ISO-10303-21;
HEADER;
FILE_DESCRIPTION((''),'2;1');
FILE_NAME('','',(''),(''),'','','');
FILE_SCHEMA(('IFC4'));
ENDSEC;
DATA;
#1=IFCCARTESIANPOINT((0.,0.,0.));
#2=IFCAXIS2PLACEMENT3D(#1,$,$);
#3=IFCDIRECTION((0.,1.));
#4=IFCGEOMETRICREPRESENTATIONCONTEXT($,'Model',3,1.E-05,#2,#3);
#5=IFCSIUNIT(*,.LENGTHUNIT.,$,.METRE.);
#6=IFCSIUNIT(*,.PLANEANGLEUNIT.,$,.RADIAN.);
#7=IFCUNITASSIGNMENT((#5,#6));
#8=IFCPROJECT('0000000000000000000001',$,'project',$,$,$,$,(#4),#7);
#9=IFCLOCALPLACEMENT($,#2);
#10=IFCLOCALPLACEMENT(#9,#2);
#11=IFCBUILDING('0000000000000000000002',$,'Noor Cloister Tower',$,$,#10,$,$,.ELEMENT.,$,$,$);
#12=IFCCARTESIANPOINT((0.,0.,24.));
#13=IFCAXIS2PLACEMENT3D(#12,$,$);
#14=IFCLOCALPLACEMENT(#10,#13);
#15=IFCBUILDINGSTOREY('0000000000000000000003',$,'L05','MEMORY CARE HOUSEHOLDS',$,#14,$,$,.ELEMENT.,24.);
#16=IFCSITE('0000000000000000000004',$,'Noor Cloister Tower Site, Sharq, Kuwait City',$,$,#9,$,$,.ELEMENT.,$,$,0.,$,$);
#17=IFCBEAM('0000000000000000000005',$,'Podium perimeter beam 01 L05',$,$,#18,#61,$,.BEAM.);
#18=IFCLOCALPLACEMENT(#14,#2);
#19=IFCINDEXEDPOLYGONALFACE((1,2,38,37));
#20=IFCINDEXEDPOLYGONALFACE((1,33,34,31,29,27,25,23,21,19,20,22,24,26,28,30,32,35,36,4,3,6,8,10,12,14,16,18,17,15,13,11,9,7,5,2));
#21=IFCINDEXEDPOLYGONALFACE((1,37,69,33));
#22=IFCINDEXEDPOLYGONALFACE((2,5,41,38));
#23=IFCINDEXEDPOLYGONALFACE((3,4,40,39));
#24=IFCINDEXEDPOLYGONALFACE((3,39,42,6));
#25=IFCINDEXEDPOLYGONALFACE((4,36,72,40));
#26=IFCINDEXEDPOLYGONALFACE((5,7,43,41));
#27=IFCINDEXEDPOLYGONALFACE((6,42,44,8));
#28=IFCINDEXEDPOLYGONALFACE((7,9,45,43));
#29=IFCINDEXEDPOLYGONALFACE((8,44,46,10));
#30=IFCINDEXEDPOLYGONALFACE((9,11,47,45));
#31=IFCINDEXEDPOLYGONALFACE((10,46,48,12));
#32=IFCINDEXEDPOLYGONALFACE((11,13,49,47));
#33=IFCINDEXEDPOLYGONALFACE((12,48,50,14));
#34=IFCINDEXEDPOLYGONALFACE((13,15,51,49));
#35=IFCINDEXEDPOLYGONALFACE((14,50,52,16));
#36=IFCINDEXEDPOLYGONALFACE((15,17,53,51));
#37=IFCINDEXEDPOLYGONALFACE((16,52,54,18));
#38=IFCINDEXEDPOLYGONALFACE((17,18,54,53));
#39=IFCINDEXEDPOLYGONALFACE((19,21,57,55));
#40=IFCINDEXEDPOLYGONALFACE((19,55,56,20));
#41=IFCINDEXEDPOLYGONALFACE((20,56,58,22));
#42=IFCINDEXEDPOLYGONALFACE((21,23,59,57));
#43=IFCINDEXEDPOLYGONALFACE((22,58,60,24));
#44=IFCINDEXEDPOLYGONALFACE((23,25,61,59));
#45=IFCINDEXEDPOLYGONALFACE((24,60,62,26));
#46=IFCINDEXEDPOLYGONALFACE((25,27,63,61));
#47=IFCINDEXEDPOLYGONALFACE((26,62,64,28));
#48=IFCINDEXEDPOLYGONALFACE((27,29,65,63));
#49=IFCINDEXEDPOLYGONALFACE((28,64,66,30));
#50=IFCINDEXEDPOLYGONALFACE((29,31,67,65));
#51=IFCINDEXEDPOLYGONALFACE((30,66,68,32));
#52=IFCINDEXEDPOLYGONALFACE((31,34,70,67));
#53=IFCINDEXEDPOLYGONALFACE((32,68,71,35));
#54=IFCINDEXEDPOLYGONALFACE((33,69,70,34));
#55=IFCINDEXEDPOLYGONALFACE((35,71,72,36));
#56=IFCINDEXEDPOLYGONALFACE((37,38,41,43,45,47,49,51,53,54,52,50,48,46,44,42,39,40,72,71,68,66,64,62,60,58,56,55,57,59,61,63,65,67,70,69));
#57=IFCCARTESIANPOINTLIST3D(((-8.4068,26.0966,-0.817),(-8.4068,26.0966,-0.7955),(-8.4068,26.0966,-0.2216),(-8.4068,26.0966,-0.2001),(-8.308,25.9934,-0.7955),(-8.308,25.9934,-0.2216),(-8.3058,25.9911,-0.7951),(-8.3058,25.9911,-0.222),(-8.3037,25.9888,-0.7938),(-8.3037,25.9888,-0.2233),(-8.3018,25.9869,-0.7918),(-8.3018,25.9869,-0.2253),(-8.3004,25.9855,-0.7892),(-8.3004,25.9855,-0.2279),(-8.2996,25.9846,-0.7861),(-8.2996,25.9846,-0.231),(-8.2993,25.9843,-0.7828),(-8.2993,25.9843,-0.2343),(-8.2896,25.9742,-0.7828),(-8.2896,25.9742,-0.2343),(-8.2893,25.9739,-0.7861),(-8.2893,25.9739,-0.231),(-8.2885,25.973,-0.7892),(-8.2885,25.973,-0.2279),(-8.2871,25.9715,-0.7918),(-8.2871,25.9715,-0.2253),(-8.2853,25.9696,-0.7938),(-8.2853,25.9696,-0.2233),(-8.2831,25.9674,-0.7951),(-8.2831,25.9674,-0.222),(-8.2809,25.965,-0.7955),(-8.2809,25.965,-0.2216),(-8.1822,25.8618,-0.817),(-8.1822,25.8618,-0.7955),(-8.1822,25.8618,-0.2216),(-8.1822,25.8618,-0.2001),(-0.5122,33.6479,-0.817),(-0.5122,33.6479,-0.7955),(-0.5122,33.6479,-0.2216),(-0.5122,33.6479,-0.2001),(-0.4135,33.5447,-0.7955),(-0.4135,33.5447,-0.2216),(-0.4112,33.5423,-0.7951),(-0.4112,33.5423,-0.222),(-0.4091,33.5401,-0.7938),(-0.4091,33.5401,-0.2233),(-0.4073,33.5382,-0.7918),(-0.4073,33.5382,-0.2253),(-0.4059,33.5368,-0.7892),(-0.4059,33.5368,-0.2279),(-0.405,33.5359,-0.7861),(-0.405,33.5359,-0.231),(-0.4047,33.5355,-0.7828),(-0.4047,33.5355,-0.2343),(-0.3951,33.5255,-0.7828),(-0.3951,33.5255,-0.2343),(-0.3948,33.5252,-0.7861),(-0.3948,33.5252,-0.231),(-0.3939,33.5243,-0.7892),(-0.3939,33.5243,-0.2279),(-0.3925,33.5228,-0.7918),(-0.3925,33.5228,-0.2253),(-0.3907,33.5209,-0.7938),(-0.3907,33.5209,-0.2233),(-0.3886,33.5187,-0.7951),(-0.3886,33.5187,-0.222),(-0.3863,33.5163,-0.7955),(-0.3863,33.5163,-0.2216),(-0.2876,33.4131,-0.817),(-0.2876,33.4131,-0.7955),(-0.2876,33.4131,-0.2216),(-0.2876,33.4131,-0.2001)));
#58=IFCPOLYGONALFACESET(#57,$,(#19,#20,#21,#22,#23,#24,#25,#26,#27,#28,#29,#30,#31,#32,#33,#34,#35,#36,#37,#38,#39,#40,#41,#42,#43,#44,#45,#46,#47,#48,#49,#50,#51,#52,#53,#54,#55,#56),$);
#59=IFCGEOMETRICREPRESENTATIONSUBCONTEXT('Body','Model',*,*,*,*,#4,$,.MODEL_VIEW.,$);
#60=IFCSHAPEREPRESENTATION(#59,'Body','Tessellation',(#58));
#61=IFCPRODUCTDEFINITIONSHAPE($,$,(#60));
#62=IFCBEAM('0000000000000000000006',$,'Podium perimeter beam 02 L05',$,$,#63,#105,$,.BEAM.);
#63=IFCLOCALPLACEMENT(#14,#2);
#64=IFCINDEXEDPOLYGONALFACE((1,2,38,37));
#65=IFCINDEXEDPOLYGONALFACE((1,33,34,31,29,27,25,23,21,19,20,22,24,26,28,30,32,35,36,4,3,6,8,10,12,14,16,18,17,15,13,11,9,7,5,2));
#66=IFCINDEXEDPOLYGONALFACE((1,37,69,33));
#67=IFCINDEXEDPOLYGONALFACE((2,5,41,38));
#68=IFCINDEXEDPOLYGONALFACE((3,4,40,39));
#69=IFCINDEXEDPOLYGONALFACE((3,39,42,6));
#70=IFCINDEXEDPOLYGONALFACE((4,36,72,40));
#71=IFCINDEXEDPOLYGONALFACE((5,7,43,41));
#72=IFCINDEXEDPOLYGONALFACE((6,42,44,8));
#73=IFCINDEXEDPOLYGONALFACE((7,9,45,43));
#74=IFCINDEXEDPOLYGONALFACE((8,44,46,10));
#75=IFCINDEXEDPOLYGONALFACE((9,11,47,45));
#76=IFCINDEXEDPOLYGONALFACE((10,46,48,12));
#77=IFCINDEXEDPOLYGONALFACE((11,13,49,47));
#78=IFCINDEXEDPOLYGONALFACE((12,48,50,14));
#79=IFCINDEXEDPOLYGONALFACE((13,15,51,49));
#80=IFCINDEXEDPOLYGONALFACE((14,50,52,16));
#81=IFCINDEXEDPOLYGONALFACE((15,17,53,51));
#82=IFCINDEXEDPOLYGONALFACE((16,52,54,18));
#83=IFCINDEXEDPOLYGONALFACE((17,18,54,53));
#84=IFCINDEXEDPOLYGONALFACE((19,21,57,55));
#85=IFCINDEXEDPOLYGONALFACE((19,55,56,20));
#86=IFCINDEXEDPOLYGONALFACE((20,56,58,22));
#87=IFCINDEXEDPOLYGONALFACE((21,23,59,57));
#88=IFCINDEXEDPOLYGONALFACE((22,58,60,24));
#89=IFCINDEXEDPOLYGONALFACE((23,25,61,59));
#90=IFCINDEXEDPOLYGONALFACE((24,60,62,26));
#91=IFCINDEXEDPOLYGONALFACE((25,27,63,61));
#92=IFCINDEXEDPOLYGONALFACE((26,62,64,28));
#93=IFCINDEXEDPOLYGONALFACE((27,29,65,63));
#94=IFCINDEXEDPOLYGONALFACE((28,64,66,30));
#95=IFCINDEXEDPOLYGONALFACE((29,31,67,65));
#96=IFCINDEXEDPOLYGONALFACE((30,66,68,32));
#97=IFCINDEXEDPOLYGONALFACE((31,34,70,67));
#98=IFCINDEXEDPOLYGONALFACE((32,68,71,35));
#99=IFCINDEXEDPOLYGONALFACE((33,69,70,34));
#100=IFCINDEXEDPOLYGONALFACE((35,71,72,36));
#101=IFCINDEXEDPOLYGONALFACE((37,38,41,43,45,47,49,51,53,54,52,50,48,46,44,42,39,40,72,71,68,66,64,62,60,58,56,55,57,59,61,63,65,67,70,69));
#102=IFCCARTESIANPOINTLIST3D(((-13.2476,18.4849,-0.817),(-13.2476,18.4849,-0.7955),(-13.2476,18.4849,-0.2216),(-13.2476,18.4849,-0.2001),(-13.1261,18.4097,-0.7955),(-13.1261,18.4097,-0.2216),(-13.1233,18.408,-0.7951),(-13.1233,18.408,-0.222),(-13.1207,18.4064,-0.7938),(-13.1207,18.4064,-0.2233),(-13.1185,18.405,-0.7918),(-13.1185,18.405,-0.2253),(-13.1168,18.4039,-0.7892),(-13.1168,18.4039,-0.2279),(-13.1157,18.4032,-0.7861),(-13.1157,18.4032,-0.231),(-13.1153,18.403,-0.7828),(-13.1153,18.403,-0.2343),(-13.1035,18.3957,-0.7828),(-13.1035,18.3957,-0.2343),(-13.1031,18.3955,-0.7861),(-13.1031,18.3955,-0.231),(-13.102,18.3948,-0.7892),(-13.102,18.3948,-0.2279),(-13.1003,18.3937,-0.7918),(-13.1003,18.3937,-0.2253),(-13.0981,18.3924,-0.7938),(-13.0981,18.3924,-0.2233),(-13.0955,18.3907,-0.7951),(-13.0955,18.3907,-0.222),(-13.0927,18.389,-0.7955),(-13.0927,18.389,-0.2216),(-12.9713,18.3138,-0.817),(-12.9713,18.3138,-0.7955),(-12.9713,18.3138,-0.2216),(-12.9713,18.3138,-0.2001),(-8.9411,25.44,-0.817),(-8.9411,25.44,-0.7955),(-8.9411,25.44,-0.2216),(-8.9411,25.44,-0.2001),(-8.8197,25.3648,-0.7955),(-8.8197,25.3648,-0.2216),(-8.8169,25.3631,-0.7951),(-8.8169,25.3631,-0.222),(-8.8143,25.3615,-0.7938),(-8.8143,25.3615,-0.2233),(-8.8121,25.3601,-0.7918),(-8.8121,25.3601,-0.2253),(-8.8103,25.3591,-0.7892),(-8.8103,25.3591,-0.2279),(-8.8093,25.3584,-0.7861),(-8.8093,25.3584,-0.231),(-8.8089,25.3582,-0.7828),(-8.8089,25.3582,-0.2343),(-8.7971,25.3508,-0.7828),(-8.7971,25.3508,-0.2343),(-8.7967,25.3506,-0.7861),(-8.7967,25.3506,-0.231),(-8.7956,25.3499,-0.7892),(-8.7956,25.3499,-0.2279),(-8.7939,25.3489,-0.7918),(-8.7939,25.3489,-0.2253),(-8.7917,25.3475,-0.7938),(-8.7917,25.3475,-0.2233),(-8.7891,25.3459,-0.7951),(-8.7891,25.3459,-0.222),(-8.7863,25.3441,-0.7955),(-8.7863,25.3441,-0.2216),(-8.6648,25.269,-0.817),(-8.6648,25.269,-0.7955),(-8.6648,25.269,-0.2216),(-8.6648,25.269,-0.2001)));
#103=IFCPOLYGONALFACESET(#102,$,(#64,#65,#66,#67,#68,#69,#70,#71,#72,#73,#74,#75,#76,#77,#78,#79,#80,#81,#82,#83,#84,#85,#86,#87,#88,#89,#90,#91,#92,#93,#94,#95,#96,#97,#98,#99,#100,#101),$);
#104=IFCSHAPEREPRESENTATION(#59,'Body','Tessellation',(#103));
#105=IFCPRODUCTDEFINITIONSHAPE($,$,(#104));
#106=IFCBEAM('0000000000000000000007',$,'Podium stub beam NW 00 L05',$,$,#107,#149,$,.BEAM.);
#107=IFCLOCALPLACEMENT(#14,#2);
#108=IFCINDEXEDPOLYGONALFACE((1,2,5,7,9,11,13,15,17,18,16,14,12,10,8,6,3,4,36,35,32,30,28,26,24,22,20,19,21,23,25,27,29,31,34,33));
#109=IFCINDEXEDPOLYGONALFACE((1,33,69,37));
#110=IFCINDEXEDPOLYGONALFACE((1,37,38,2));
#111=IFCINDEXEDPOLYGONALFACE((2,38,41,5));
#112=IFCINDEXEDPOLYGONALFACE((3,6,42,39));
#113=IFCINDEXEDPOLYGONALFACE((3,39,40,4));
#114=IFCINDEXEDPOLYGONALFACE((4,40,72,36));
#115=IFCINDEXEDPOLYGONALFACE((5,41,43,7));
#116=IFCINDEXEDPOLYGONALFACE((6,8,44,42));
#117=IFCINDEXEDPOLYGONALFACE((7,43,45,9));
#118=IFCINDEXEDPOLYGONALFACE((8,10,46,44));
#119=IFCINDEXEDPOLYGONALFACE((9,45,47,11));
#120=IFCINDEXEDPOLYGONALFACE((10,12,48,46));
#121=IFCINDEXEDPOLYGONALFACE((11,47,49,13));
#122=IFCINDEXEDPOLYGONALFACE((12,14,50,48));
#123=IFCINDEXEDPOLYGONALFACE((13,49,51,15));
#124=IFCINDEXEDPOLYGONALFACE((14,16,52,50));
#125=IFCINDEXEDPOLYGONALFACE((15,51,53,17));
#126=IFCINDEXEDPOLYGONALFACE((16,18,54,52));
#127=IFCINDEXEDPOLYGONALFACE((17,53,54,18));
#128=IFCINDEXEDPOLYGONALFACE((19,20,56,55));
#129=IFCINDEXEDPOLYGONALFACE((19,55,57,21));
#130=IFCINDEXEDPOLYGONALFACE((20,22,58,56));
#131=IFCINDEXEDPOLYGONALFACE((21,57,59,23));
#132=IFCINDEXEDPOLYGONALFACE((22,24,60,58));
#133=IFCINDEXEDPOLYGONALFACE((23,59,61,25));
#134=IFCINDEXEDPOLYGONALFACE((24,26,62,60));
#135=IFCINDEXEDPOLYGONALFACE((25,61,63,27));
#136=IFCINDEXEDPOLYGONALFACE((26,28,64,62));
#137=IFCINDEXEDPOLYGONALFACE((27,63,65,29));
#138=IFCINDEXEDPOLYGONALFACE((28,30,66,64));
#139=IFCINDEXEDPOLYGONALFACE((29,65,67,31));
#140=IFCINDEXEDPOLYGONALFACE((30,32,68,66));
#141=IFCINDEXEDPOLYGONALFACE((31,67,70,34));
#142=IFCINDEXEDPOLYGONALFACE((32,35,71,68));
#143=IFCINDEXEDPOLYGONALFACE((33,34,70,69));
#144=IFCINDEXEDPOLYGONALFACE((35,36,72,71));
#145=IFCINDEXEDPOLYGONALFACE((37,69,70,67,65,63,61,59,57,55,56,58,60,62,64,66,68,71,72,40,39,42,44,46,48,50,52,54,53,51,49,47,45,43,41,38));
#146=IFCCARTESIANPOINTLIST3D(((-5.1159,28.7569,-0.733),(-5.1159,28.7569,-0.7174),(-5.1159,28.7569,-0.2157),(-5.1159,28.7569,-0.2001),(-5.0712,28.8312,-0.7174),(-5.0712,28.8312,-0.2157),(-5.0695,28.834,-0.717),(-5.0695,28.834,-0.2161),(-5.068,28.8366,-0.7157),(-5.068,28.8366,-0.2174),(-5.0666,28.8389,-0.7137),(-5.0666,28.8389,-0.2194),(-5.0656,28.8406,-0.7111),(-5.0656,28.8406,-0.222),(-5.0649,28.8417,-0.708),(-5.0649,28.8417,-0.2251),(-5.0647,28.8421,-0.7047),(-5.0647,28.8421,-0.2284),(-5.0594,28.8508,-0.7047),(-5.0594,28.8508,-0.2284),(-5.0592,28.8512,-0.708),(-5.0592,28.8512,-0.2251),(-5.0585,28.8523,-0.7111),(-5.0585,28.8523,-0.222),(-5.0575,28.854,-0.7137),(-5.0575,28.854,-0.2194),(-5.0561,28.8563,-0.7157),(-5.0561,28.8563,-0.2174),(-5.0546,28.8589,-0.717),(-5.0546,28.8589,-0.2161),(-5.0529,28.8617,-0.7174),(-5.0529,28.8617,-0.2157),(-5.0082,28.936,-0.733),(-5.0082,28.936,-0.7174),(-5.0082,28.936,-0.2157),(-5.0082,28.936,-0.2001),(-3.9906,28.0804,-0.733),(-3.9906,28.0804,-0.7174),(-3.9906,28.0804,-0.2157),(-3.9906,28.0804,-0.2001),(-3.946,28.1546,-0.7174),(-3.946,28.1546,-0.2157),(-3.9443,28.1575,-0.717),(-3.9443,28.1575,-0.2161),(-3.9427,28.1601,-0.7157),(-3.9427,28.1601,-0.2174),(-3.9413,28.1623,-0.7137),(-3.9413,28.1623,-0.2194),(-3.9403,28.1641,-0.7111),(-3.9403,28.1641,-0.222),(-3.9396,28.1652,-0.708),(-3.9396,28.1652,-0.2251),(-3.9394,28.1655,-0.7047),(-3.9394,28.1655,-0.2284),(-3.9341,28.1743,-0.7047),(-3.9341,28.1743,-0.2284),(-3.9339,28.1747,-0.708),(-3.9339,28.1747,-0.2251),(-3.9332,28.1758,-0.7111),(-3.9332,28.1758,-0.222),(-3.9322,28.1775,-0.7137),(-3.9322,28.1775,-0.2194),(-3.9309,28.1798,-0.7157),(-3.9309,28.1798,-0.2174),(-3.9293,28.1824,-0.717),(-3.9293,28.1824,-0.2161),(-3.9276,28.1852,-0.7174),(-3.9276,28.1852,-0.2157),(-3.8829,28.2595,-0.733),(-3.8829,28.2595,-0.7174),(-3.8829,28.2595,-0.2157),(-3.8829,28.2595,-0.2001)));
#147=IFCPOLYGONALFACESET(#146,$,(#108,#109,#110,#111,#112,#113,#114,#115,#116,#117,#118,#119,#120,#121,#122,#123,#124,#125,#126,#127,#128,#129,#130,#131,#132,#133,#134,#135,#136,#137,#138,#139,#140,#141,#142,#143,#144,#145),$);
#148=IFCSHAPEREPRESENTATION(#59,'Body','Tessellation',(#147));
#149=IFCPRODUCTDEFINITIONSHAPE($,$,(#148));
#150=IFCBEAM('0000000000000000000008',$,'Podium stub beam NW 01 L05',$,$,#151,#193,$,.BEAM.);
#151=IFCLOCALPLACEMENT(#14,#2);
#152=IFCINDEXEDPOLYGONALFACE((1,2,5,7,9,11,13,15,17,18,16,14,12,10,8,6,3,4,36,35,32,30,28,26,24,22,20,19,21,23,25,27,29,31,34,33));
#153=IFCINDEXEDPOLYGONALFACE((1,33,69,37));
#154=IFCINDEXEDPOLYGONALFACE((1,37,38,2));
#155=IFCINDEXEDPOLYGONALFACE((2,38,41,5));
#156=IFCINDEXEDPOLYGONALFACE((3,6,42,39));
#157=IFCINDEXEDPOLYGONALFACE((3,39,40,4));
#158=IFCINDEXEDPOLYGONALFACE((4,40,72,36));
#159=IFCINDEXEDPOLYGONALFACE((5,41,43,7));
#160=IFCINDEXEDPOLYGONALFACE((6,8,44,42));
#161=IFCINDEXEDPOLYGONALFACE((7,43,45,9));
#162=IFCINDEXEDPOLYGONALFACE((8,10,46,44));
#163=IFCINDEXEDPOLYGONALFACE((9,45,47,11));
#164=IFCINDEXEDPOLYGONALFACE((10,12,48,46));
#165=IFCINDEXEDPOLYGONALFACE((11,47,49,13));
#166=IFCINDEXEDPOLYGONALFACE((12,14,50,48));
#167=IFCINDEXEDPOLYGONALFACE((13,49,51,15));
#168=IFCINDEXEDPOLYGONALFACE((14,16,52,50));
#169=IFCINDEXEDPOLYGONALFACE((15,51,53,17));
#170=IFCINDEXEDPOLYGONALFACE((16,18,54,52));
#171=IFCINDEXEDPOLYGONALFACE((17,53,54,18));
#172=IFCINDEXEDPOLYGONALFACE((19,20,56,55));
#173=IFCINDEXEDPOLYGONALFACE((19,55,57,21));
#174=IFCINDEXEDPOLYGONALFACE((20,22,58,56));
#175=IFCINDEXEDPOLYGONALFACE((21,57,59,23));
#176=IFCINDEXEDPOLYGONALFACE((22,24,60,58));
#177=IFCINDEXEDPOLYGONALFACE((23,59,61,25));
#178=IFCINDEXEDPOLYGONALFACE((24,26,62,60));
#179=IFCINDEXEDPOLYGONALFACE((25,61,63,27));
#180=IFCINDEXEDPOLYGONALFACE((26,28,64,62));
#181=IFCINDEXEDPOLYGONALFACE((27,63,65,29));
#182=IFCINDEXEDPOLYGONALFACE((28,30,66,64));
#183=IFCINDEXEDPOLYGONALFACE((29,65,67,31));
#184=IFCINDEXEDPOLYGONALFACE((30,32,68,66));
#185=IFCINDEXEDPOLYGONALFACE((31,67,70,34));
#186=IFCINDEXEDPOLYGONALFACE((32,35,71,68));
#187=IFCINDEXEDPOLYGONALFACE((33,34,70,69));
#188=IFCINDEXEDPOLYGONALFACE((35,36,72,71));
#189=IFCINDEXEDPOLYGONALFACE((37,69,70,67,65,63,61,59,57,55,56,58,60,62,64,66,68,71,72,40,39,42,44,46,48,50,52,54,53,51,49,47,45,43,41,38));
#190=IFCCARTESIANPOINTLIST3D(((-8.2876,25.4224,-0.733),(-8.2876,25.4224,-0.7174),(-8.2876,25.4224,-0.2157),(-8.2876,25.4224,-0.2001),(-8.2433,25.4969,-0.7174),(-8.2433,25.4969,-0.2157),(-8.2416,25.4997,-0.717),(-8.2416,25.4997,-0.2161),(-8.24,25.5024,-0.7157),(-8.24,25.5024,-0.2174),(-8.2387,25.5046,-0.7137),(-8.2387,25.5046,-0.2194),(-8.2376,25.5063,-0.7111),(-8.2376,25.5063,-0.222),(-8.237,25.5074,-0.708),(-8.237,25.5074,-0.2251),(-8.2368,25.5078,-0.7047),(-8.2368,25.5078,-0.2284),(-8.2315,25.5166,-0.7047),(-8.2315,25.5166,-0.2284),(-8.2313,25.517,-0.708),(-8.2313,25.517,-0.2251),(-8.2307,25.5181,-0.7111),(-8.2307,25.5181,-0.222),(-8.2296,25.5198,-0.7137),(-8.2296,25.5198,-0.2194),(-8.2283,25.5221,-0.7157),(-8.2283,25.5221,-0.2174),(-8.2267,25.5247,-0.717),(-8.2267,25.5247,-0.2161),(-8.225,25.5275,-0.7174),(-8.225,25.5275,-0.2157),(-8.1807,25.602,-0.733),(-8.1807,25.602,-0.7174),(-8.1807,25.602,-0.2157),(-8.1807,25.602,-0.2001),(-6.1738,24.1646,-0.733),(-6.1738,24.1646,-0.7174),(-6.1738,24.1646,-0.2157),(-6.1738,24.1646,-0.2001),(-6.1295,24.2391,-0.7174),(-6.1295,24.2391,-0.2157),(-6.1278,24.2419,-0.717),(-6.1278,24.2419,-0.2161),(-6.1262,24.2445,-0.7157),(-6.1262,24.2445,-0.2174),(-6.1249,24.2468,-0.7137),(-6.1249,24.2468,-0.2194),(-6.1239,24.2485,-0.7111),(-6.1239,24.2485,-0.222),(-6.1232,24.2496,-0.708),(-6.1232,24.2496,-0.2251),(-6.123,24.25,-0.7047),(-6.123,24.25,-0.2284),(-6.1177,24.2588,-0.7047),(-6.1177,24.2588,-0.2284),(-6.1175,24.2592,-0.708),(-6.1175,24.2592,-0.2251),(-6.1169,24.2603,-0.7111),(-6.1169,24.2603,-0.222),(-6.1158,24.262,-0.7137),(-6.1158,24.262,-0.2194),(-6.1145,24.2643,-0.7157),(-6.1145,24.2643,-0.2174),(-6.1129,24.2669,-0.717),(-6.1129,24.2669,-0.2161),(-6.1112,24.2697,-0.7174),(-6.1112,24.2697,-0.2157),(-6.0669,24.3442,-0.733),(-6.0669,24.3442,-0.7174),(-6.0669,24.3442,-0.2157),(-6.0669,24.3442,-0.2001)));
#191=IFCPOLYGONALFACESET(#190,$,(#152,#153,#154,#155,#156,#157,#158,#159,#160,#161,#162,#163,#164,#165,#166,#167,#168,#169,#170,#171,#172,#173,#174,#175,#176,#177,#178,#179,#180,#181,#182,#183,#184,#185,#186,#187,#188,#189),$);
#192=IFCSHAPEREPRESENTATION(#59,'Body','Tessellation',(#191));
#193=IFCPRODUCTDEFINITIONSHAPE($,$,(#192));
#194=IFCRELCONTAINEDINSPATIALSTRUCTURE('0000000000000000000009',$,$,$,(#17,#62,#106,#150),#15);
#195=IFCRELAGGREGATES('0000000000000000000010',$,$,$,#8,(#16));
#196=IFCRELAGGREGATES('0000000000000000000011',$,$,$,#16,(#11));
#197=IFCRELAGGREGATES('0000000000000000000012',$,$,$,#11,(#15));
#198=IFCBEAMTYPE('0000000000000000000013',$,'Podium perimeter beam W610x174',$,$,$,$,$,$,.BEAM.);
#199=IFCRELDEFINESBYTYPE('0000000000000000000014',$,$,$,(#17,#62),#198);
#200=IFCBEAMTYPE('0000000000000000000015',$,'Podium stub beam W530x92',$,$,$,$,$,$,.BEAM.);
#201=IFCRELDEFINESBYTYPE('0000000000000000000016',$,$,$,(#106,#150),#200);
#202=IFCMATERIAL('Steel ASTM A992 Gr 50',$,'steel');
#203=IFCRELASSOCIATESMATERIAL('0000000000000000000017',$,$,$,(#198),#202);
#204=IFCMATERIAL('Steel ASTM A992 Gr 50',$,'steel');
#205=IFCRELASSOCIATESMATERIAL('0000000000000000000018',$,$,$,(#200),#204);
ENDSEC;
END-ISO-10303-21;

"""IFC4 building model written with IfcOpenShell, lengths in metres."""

from ifc_helpers import new_model, si_unit, direction, frame, origin, origin_2d, place, context, subcontext, project, spatial, i_section, extrude, material, material_profile, profile_set, type_object, element, save


model = new_model("IFC4")

# Units and contexts
model_context = context("Model", 3, precision=1e-05, world=origin(), true_north=direction((0.0, 1.0)))
body_context = subcontext(model_context, "Body", "Model", "MODEL_VIEW")
ifc_project = project(units=[si_unit("LENGTHUNIT", "METRE"), si_unit("PLANEANGLEUNIT", "RADIAN")], contexts=[model_context])

# Site, building, storey
site_placement = place(None, origin())
site = spatial("IfcSite", under=ifc_project, at=site_placement, Name="Noor Cloister Tower Site, Sharq, Kuwait City", CompositionType="ELEMENT", RefElevation=0.0)
building_placement = place(site_placement, origin())
building = spatial("IfcBuilding", under=site, at=building_placement, Name="Noor Cloister Tower", CompositionType="ELEMENT")
storey_placement = place(building_placement, frame((0.0, 0.0, 24.0)))
storey = spatial("IfcBuildingStorey", under=building, at=storey_placement, Name="L05", Description="MEMORY CARE HOUSEHOLDS", CompositionType="ELEMENT", Elevation=24.0)

# Beams
ifc_material_1 = material(Name="Steel ASTM A992 Gr 50", Category="steel")
ifc_material_profile_1 = material_profile(ifc_material_1, i_section(OverallWidth=0.325, OverallDepth=0.6169, WebThickness=0.0139, FlangeThickness=0.0215, FilletRadius=0.0127, at=origin_2d()), Name="W610x174")
ifc_profile_set_1 = profile_set([ifc_material_profile_1], Name="Steel ASTM A992 Gr 50")
beam_type_1 = type_object("IfcBeamType", Name="Podium perimeter beam W610x174", PredefinedType="BEAM", material=ifc_profile_set_1)
beam_1_placement = place(storey_placement, frame((-0.3999, 33.5305, -0.5085), z_axis=(-0.722643, -0.691222, 0.0), x_axis=(0.691222, -0.722643, 0.0)))
element("IfcBeam", 1, at=beam_1_placement, inside=storey, type_object=beam_type_1, Name="Podium perimeter beam 01 L05", PredefinedType="BEAM", context=body_context, shape_type="SweptSolid", body=[
    extrude(i_section(OverallWidth=0.325, OverallDepth=0.6169, WebThickness=0.0139, FlangeThickness=0.0215, FilletRadius=0.0127, at=origin_2d()), origin(), (0.0, 0.0, 1.0), 10.9246),
])
beam_2_placement = place(storey_placement, frame((-8.803, 25.3545, -0.5085), z_axis=(-0.526432, -0.850217, 0.0), x_axis=(0.850217, -0.526432, 0.0)))
element("IfcBeam", 2, at=beam_2_placement, inside=storey, type_object=beam_type_1, Name="Podium perimeter beam 02 L05", PredefinedType="BEAM", context=body_context, shape_type="SweptSolid", body=[
    extrude(i_section(OverallWidth=0.325, OverallDepth=0.6169, WebThickness=0.0139, FlangeThickness=0.0215, FilletRadius=0.0127, at=origin_2d()), origin(), (0.0, 0.0, 1.0), 8.1804),
])
ifc_material_2 = material(Name="Steel ASTM A992 Gr 50", Category="steel")
ifc_material_profile_2 = material_profile(ifc_material_2, i_section(OverallWidth=0.209, OverallDepth=0.533, WebThickness=0.0103, FlangeThickness=0.0156, FilletRadius=0.0127, at=origin_2d()), Name="W530x92")
ifc_profile_set_2 = profile_set([ifc_material_profile_2], Name="Steel ASTM A992 Gr 50")
beam_type_2 = type_object("IfcBeamType", Name="Podium stub beam W530x92", PredefinedType="BEAM", material=ifc_profile_set_2)
beam_3_placement = place(storey_placement, frame((-3.9368, 28.1699, -0.4666), z_axis=(-0.857033, 0.515261, 0.0), x_axis=(-0.515261, -0.857033, 0.0)))
element("IfcBeam", 3, at=beam_3_placement, inside=storey, type_object=beam_type_2, Name="Podium stub beam NW 00 L05", PredefinedType="BEAM", context=body_context, shape_type="SweptSolid", body=[
    extrude(i_section(OverallWidth=0.209, OverallDepth=0.533, WebThickness=0.0103, FlangeThickness=0.0156, FilletRadius=0.0127, at=origin_2d()), origin(), (0.0, 0.0, 1.0), 1.313),
])
beam_4_placement = place(storey_placement, frame((-6.1204, 24.2544, -0.4666), z_axis=(-0.859361, 0.511369, 0.0), x_axis=(-0.511369, -0.859361, 0.0)))
element("IfcBeam", 4, at=beam_4_placement, inside=storey, type_object=beam_type_2, Name="Podium stub beam NW 01 L05", PredefinedType="BEAM", context=body_context, shape_type="SweptSolid", body=[
    extrude(i_section(OverallWidth=0.209, OverallDepth=0.533, WebThickness=0.0103, FlangeThickness=0.0156, FilletRadius=0.0127, at=origin_2d()), origin(), (0.0, 0.0, 1.0), 2.4597),
])

save(model, "model.ifc")
